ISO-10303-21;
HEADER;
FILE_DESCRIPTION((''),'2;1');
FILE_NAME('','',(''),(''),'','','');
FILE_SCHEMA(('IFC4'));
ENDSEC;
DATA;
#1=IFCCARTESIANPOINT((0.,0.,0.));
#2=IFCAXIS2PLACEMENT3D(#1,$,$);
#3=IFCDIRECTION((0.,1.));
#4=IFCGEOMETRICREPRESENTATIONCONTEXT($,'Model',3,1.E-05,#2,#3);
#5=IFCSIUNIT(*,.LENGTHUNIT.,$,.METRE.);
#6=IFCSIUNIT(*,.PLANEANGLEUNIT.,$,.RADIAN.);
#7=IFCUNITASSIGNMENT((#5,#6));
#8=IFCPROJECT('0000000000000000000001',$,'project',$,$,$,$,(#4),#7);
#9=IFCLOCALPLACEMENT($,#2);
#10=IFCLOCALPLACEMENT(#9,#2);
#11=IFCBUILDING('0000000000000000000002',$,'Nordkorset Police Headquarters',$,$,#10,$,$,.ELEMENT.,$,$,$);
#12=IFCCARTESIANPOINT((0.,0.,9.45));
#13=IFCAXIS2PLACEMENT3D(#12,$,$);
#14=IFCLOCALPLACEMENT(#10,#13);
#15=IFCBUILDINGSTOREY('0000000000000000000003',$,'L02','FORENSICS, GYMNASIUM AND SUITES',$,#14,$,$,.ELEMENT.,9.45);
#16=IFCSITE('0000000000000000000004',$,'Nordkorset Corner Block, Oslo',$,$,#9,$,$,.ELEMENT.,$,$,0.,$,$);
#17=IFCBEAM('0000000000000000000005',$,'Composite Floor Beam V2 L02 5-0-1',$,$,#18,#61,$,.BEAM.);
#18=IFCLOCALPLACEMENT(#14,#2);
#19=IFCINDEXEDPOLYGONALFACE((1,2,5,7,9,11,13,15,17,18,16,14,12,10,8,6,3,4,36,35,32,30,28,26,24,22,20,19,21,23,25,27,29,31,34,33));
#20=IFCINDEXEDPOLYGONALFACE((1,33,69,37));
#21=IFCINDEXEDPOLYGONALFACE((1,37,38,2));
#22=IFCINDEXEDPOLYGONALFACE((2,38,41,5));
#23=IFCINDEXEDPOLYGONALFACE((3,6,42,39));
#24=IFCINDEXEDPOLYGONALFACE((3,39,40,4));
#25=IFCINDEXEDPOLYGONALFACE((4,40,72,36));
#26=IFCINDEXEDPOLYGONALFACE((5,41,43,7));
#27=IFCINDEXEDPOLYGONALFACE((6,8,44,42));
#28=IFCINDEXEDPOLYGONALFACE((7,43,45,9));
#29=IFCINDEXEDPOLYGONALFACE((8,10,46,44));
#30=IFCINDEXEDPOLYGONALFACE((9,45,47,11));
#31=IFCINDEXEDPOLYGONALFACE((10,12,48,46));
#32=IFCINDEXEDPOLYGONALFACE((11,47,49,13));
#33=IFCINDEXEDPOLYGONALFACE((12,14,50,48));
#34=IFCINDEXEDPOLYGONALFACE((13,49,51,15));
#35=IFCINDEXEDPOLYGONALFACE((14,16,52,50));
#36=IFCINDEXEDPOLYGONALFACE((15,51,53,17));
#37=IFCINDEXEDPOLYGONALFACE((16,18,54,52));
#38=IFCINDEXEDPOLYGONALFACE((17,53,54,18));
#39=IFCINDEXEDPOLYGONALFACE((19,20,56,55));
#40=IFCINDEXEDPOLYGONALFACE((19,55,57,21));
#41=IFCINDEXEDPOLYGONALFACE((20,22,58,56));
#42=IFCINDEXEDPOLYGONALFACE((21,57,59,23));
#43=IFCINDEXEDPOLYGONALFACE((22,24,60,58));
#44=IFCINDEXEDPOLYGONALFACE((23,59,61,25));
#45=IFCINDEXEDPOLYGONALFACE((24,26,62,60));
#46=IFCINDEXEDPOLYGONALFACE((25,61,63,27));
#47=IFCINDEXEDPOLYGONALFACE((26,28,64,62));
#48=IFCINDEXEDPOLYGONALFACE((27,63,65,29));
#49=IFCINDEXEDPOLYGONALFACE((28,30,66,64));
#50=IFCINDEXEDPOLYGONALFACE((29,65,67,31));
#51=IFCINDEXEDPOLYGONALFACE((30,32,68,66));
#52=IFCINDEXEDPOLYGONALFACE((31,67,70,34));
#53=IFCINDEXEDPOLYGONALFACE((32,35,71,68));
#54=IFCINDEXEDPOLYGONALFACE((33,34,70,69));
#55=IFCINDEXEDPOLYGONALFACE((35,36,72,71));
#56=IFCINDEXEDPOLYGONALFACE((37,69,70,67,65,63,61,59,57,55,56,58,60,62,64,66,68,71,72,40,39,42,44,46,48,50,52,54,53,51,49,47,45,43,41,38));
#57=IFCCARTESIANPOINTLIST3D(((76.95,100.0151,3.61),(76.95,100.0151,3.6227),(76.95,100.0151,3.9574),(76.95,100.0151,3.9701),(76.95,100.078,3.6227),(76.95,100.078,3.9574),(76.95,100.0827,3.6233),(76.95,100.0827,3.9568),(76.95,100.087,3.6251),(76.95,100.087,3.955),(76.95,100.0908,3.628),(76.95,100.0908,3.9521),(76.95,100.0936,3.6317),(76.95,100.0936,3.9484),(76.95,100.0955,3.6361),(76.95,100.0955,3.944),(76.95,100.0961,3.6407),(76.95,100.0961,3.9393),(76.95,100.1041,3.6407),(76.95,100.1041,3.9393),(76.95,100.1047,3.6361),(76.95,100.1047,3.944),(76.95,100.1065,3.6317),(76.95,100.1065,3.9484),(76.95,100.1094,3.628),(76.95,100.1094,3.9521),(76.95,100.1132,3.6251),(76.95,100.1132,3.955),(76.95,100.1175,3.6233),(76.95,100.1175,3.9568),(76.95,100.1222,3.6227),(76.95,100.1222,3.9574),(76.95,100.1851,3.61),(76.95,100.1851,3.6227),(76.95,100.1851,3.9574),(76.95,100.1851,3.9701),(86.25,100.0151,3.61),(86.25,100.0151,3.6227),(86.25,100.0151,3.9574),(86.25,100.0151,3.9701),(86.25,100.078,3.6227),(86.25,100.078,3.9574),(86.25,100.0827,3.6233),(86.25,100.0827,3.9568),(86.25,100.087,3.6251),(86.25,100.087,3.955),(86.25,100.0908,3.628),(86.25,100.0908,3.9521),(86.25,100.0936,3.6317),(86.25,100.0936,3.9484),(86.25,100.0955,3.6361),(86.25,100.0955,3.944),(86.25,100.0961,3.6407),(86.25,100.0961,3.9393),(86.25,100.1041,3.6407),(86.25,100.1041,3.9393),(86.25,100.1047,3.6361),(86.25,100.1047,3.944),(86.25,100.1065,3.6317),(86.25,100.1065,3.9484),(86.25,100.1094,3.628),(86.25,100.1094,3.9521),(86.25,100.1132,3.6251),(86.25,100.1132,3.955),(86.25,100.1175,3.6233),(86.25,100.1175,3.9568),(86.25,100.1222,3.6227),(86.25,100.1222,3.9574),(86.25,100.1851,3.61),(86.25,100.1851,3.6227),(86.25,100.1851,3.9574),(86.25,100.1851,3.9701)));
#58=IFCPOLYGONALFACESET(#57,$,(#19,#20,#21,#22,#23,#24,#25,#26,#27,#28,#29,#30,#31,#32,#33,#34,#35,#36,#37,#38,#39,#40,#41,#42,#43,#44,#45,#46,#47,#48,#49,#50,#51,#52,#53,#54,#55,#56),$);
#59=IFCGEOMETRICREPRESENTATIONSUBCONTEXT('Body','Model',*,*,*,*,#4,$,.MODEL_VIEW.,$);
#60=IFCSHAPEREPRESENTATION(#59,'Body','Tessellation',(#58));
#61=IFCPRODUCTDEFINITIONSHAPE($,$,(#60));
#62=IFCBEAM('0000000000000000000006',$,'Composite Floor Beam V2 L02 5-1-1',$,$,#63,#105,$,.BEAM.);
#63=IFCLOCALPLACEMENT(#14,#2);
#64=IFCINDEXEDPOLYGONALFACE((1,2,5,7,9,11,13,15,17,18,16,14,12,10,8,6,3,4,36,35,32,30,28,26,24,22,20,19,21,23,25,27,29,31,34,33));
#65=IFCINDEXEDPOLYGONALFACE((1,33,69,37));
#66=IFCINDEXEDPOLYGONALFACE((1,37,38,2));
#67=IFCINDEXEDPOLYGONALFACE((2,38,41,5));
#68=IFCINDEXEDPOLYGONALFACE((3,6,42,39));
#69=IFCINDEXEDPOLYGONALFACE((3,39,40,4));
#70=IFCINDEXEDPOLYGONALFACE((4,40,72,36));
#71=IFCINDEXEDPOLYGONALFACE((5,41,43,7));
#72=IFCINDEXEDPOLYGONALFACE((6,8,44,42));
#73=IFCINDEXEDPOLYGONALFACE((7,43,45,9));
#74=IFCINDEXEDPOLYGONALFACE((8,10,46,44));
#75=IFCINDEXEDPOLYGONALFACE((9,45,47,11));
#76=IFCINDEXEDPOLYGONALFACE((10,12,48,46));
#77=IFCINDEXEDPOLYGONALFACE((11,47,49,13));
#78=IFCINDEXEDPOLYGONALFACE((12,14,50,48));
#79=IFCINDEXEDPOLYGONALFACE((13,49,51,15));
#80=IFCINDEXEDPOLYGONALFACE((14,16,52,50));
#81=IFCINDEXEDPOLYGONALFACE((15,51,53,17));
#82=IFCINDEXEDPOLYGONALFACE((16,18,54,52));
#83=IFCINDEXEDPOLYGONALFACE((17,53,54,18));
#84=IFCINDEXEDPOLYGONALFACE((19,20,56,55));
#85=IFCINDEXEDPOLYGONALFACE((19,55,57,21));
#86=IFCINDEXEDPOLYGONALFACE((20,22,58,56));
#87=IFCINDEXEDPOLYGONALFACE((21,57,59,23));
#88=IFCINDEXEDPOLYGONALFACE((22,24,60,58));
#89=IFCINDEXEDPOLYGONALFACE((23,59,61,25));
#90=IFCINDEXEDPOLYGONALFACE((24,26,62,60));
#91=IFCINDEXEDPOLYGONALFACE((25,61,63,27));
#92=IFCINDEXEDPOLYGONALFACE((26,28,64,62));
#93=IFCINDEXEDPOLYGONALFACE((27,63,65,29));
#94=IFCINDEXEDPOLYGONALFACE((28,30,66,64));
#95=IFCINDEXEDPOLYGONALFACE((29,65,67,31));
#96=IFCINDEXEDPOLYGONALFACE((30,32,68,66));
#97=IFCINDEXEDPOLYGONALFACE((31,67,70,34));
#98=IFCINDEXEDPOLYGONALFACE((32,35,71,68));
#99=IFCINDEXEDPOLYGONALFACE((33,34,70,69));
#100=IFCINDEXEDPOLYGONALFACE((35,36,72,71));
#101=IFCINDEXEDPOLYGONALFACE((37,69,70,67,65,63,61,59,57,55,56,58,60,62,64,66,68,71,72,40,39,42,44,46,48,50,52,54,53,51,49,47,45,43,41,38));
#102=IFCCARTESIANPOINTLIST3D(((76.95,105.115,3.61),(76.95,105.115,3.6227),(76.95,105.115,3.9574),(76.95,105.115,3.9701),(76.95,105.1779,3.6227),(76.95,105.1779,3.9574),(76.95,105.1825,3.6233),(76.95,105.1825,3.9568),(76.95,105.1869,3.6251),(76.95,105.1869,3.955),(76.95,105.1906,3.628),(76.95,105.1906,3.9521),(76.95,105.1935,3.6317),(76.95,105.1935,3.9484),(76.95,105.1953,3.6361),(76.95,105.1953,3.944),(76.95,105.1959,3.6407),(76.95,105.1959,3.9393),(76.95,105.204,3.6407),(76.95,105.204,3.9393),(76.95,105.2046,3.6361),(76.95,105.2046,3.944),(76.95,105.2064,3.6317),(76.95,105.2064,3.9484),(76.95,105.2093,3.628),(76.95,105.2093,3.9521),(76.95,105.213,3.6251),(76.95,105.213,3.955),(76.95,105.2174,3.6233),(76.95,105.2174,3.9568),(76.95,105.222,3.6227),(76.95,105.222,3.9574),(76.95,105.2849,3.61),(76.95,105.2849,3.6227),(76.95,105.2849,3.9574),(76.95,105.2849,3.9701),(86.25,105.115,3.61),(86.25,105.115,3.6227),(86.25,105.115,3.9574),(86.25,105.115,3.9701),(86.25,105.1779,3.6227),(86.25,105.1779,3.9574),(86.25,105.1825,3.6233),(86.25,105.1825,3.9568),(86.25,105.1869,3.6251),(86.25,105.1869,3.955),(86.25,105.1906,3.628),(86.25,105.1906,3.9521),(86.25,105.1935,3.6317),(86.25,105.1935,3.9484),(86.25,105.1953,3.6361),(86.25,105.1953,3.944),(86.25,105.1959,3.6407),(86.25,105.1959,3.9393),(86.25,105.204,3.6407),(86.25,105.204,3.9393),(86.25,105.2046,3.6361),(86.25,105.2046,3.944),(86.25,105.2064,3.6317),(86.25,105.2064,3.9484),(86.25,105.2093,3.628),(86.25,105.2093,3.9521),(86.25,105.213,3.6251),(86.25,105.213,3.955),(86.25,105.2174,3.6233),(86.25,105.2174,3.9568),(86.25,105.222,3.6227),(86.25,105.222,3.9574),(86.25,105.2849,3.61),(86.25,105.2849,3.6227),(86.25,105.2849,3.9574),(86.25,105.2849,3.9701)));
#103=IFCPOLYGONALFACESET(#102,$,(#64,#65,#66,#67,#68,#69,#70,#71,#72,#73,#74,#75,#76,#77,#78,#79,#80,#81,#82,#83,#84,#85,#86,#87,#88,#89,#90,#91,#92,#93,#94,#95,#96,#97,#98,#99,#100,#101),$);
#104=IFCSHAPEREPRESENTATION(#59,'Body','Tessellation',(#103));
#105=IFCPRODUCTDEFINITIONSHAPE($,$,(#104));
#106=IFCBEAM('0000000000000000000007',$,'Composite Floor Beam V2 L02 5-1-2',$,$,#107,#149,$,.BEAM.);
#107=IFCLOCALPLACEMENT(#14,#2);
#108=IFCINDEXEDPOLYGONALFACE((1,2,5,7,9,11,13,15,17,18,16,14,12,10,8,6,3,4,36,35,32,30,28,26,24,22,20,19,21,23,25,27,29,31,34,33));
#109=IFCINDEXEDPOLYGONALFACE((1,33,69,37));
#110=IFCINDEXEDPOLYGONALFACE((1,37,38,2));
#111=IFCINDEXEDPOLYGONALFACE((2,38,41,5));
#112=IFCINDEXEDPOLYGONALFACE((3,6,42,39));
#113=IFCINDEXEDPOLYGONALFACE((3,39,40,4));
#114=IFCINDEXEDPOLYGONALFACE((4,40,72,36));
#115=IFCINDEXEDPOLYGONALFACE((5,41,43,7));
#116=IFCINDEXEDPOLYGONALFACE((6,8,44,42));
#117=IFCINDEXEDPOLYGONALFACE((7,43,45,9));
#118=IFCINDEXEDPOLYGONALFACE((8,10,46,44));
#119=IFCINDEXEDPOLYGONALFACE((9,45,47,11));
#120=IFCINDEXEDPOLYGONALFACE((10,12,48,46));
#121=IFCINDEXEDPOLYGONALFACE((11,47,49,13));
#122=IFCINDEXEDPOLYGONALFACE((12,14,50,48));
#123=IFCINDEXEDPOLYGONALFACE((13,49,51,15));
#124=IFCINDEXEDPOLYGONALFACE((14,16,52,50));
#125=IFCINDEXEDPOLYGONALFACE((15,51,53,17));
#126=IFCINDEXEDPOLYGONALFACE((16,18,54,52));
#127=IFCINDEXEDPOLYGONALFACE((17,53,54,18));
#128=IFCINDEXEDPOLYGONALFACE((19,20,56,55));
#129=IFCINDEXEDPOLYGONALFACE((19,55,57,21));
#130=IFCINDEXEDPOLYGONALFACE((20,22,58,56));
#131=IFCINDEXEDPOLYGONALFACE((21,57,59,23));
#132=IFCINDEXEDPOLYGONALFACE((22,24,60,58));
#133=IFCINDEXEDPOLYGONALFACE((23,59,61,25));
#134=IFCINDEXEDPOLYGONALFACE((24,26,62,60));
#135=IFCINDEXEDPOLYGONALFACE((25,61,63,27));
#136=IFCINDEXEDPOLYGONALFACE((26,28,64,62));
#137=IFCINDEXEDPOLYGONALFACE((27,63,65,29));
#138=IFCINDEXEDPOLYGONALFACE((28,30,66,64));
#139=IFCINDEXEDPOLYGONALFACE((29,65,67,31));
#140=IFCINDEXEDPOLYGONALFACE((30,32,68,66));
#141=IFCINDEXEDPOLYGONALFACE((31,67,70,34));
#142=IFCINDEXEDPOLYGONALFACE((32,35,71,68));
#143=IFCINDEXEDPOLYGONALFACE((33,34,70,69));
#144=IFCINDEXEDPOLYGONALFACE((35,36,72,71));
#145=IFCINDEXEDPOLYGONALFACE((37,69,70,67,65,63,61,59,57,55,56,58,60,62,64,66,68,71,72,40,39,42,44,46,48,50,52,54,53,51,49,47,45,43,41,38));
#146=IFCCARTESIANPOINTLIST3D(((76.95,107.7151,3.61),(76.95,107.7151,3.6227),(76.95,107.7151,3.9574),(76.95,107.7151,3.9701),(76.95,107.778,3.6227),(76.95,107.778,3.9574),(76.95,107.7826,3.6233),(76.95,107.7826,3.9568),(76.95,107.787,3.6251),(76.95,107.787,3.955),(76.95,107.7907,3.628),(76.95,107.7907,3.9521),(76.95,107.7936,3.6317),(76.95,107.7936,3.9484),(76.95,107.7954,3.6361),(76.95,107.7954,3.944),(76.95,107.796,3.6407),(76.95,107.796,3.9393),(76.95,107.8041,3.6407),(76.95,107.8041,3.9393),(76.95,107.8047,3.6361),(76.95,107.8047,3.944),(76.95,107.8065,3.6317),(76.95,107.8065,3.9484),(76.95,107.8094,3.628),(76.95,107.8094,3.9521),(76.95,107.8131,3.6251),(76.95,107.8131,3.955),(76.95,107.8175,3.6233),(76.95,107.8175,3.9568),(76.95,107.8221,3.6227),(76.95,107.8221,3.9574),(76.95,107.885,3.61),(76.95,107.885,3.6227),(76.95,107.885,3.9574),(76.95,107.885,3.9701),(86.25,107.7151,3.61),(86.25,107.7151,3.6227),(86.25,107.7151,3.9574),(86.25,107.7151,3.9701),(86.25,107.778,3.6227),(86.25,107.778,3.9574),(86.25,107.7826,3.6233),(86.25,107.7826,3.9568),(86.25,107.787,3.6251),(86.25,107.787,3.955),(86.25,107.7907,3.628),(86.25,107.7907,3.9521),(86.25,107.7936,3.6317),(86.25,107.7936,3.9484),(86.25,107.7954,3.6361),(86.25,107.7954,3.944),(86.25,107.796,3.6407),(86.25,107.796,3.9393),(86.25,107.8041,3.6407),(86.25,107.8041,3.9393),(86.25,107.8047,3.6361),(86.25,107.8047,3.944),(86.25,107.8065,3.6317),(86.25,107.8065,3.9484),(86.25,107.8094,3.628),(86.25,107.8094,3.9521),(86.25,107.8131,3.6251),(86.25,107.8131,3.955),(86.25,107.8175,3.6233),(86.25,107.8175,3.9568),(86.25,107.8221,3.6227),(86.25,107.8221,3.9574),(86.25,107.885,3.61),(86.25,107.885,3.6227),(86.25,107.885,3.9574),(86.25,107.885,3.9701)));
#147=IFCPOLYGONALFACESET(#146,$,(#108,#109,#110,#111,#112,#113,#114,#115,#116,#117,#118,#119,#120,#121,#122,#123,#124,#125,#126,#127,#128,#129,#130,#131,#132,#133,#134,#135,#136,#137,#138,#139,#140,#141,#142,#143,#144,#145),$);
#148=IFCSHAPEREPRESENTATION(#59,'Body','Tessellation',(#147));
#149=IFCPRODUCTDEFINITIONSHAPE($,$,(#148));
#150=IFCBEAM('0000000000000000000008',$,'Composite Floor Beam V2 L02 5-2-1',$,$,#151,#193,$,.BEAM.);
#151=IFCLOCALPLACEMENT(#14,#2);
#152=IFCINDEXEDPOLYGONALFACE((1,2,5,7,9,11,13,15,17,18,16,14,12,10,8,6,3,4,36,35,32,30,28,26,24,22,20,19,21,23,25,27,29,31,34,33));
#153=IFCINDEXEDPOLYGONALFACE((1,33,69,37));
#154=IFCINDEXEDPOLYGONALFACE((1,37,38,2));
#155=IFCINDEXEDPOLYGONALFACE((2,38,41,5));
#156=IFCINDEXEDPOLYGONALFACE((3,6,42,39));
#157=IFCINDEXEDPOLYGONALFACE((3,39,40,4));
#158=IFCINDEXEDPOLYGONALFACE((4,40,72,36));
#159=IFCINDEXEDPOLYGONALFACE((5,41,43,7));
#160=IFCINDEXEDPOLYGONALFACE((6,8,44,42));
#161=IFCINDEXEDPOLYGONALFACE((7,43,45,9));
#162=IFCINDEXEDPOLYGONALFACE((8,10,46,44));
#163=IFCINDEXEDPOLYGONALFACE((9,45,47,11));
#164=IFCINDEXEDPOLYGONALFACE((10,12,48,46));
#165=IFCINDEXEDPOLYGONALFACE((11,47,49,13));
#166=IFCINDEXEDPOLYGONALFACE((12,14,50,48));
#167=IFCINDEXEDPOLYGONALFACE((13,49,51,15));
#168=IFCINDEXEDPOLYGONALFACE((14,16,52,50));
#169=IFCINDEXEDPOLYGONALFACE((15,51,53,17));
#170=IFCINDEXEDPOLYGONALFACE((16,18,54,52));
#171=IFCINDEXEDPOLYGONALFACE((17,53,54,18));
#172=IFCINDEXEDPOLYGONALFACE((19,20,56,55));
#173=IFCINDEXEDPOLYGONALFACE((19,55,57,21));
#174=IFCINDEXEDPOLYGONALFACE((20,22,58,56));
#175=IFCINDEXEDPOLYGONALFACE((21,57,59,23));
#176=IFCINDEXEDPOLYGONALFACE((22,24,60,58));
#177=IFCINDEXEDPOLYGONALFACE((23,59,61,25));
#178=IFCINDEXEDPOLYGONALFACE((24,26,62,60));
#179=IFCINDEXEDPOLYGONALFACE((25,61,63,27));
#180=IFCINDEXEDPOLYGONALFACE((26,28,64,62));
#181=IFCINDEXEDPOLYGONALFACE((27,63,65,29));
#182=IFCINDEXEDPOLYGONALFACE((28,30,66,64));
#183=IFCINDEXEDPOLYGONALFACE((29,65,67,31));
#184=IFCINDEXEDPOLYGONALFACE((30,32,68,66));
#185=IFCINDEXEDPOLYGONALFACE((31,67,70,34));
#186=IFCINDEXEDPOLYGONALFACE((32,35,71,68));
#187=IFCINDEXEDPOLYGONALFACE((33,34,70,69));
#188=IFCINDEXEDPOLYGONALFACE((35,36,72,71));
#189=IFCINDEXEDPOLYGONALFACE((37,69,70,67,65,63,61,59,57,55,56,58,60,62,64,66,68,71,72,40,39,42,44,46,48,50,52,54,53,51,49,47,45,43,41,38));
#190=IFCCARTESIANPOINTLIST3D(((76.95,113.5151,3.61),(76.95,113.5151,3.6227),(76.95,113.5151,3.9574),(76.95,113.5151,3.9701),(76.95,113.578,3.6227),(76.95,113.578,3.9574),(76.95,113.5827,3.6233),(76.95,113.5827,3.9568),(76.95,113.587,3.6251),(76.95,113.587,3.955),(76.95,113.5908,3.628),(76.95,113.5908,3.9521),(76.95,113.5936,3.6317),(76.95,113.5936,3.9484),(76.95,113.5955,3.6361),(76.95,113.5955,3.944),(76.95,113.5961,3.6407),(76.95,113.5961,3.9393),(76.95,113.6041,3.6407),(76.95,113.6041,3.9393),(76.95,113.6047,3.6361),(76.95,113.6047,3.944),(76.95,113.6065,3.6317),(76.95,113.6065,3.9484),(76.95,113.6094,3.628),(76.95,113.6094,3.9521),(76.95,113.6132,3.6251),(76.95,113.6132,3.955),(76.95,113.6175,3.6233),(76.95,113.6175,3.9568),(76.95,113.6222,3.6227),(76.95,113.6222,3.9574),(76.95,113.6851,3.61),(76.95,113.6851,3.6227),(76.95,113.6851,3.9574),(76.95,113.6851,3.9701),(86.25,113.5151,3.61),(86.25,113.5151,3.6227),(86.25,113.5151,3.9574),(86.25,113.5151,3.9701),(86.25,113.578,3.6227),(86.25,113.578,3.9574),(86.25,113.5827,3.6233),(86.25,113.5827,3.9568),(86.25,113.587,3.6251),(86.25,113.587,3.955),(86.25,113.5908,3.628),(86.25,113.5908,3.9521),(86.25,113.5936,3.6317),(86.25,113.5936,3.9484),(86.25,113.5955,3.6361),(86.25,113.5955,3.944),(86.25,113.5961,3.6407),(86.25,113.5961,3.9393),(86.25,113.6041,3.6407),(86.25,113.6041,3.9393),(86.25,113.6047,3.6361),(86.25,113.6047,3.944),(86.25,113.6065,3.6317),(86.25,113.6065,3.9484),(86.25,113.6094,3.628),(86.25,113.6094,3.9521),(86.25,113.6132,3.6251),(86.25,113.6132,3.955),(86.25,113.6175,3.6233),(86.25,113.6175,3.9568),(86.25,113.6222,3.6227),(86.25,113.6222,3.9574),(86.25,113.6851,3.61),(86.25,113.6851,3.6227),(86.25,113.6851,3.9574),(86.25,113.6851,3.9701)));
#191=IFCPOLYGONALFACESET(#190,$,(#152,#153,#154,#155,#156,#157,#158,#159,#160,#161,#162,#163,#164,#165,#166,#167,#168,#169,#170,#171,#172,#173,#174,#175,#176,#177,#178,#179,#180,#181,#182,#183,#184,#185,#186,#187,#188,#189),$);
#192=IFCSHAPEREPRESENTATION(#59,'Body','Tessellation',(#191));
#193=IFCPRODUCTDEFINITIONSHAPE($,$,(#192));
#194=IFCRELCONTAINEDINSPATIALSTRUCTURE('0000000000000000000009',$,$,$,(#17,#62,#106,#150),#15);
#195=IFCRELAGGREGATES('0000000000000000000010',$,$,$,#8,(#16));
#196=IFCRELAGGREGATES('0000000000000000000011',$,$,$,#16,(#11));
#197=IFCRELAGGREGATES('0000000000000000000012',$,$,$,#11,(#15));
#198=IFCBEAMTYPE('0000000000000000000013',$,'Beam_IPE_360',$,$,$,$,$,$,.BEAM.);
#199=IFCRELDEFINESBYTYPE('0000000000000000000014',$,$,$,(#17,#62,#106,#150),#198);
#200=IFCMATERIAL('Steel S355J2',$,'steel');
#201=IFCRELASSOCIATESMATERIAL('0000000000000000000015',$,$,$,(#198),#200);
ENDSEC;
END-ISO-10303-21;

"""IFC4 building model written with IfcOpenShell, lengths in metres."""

from ifc_helpers import new_model, si_unit, direction, frame, origin, origin_2d, place, context, subcontext, project, spatial, i_section, extrude, material, material_profile, profile_set, type_object, element, save


model = new_model("IFC4")

# Units and contexts
model_context = context("Model", 3, precision=1e-05, world=origin(), true_north=direction((0.0, 1.0)))
body_context = subcontext(model_context, "Body", "Model", "MODEL_VIEW")
ifc_project = project(units=[si_unit("LENGTHUNIT", "METRE"), si_unit("PLANEANGLEUNIT", "RADIAN")], contexts=[model_context])

# Site, building, storey
site_placement = place(None, origin())
site = spatial("IfcSite", under=ifc_project, at=site_placement, Name="Nordkorset Corner Block, Oslo", CompositionType="ELEMENT", RefElevation=0.0)
building_placement = place(site_placement, origin())
building = spatial("IfcBuilding", under=site, at=building_placement, Name="Nordkorset Police Headquarters", CompositionType="ELEMENT")
storey_placement = place(building_placement, frame((0.0, 0.0, 9.45)))
storey = spatial("IfcBuildingStorey", under=building, at=storey_placement, Name="L02", Description="FORENSICS, GYMNASIUM AND SUITES", CompositionType="ELEMENT", Elevation=9.45)

# Beams
ifc_material_1 = material(Name="Steel S355J2", Category="steel")
ifc_material_profile_1 = material_profile(ifc_material_1, i_section(OverallWidth=0.1699, OverallDepth=0.3601, WebThickness=0.0081, FlangeThickness=0.0127, FilletRadius=0.0181, at=origin_2d()), Name="IPE 360")
ifc_profile_set_1 = profile_set([ifc_material_profile_1], Name="Steel S355J2")
beam_type_1 = type_object("IfcBeamType", Name="Beam_IPE_360", PredefinedType="BEAM", material=ifc_profile_set_1)
for number, where, z_axis, x_axis, name in (
    (1, (76.95, 100.1001, 3.79), (1.0, 0.0, 0.0), (0.0, 1.0, 0.0), "Composite Floor Beam V2 L02 5-0-1"),
    (2, (76.95, 105.2, 3.79), (1.0, 0.0, 0.0), (0.0, 1.0, 0.0), "Composite Floor Beam V2 L02 5-1-1"),
    (3, (76.95, 107.8, 3.79), (1.0, 0.0, 0.0), (0.0, 1.0, 0.0), "Composite Floor Beam V2 L02 5-1-2"),
    (4, (76.95, 113.6001, 3.79), (1.0, 0.0, 0.0), (0.0, 1.0, 0.0), "Composite Floor Beam V2 L02 5-2-1"),
):
    element("IfcBeam", number, at=place(storey_placement, frame(where, z_axis=z_axis, x_axis=x_axis)), inside=storey, type_object=beam_type_1, Name=name, PredefinedType="BEAM", context=body_context, shape_type="SweptSolid", body=[
        extrude(i_section(OverallWidth=0.1699, OverallDepth=0.3601, WebThickness=0.0081, FlangeThickness=0.0127, FilletRadius=0.0181, at=origin_2d()), origin(), (0.0, 0.0, 1.0), 9.3),
    ])

save(model, "model.ifc")
